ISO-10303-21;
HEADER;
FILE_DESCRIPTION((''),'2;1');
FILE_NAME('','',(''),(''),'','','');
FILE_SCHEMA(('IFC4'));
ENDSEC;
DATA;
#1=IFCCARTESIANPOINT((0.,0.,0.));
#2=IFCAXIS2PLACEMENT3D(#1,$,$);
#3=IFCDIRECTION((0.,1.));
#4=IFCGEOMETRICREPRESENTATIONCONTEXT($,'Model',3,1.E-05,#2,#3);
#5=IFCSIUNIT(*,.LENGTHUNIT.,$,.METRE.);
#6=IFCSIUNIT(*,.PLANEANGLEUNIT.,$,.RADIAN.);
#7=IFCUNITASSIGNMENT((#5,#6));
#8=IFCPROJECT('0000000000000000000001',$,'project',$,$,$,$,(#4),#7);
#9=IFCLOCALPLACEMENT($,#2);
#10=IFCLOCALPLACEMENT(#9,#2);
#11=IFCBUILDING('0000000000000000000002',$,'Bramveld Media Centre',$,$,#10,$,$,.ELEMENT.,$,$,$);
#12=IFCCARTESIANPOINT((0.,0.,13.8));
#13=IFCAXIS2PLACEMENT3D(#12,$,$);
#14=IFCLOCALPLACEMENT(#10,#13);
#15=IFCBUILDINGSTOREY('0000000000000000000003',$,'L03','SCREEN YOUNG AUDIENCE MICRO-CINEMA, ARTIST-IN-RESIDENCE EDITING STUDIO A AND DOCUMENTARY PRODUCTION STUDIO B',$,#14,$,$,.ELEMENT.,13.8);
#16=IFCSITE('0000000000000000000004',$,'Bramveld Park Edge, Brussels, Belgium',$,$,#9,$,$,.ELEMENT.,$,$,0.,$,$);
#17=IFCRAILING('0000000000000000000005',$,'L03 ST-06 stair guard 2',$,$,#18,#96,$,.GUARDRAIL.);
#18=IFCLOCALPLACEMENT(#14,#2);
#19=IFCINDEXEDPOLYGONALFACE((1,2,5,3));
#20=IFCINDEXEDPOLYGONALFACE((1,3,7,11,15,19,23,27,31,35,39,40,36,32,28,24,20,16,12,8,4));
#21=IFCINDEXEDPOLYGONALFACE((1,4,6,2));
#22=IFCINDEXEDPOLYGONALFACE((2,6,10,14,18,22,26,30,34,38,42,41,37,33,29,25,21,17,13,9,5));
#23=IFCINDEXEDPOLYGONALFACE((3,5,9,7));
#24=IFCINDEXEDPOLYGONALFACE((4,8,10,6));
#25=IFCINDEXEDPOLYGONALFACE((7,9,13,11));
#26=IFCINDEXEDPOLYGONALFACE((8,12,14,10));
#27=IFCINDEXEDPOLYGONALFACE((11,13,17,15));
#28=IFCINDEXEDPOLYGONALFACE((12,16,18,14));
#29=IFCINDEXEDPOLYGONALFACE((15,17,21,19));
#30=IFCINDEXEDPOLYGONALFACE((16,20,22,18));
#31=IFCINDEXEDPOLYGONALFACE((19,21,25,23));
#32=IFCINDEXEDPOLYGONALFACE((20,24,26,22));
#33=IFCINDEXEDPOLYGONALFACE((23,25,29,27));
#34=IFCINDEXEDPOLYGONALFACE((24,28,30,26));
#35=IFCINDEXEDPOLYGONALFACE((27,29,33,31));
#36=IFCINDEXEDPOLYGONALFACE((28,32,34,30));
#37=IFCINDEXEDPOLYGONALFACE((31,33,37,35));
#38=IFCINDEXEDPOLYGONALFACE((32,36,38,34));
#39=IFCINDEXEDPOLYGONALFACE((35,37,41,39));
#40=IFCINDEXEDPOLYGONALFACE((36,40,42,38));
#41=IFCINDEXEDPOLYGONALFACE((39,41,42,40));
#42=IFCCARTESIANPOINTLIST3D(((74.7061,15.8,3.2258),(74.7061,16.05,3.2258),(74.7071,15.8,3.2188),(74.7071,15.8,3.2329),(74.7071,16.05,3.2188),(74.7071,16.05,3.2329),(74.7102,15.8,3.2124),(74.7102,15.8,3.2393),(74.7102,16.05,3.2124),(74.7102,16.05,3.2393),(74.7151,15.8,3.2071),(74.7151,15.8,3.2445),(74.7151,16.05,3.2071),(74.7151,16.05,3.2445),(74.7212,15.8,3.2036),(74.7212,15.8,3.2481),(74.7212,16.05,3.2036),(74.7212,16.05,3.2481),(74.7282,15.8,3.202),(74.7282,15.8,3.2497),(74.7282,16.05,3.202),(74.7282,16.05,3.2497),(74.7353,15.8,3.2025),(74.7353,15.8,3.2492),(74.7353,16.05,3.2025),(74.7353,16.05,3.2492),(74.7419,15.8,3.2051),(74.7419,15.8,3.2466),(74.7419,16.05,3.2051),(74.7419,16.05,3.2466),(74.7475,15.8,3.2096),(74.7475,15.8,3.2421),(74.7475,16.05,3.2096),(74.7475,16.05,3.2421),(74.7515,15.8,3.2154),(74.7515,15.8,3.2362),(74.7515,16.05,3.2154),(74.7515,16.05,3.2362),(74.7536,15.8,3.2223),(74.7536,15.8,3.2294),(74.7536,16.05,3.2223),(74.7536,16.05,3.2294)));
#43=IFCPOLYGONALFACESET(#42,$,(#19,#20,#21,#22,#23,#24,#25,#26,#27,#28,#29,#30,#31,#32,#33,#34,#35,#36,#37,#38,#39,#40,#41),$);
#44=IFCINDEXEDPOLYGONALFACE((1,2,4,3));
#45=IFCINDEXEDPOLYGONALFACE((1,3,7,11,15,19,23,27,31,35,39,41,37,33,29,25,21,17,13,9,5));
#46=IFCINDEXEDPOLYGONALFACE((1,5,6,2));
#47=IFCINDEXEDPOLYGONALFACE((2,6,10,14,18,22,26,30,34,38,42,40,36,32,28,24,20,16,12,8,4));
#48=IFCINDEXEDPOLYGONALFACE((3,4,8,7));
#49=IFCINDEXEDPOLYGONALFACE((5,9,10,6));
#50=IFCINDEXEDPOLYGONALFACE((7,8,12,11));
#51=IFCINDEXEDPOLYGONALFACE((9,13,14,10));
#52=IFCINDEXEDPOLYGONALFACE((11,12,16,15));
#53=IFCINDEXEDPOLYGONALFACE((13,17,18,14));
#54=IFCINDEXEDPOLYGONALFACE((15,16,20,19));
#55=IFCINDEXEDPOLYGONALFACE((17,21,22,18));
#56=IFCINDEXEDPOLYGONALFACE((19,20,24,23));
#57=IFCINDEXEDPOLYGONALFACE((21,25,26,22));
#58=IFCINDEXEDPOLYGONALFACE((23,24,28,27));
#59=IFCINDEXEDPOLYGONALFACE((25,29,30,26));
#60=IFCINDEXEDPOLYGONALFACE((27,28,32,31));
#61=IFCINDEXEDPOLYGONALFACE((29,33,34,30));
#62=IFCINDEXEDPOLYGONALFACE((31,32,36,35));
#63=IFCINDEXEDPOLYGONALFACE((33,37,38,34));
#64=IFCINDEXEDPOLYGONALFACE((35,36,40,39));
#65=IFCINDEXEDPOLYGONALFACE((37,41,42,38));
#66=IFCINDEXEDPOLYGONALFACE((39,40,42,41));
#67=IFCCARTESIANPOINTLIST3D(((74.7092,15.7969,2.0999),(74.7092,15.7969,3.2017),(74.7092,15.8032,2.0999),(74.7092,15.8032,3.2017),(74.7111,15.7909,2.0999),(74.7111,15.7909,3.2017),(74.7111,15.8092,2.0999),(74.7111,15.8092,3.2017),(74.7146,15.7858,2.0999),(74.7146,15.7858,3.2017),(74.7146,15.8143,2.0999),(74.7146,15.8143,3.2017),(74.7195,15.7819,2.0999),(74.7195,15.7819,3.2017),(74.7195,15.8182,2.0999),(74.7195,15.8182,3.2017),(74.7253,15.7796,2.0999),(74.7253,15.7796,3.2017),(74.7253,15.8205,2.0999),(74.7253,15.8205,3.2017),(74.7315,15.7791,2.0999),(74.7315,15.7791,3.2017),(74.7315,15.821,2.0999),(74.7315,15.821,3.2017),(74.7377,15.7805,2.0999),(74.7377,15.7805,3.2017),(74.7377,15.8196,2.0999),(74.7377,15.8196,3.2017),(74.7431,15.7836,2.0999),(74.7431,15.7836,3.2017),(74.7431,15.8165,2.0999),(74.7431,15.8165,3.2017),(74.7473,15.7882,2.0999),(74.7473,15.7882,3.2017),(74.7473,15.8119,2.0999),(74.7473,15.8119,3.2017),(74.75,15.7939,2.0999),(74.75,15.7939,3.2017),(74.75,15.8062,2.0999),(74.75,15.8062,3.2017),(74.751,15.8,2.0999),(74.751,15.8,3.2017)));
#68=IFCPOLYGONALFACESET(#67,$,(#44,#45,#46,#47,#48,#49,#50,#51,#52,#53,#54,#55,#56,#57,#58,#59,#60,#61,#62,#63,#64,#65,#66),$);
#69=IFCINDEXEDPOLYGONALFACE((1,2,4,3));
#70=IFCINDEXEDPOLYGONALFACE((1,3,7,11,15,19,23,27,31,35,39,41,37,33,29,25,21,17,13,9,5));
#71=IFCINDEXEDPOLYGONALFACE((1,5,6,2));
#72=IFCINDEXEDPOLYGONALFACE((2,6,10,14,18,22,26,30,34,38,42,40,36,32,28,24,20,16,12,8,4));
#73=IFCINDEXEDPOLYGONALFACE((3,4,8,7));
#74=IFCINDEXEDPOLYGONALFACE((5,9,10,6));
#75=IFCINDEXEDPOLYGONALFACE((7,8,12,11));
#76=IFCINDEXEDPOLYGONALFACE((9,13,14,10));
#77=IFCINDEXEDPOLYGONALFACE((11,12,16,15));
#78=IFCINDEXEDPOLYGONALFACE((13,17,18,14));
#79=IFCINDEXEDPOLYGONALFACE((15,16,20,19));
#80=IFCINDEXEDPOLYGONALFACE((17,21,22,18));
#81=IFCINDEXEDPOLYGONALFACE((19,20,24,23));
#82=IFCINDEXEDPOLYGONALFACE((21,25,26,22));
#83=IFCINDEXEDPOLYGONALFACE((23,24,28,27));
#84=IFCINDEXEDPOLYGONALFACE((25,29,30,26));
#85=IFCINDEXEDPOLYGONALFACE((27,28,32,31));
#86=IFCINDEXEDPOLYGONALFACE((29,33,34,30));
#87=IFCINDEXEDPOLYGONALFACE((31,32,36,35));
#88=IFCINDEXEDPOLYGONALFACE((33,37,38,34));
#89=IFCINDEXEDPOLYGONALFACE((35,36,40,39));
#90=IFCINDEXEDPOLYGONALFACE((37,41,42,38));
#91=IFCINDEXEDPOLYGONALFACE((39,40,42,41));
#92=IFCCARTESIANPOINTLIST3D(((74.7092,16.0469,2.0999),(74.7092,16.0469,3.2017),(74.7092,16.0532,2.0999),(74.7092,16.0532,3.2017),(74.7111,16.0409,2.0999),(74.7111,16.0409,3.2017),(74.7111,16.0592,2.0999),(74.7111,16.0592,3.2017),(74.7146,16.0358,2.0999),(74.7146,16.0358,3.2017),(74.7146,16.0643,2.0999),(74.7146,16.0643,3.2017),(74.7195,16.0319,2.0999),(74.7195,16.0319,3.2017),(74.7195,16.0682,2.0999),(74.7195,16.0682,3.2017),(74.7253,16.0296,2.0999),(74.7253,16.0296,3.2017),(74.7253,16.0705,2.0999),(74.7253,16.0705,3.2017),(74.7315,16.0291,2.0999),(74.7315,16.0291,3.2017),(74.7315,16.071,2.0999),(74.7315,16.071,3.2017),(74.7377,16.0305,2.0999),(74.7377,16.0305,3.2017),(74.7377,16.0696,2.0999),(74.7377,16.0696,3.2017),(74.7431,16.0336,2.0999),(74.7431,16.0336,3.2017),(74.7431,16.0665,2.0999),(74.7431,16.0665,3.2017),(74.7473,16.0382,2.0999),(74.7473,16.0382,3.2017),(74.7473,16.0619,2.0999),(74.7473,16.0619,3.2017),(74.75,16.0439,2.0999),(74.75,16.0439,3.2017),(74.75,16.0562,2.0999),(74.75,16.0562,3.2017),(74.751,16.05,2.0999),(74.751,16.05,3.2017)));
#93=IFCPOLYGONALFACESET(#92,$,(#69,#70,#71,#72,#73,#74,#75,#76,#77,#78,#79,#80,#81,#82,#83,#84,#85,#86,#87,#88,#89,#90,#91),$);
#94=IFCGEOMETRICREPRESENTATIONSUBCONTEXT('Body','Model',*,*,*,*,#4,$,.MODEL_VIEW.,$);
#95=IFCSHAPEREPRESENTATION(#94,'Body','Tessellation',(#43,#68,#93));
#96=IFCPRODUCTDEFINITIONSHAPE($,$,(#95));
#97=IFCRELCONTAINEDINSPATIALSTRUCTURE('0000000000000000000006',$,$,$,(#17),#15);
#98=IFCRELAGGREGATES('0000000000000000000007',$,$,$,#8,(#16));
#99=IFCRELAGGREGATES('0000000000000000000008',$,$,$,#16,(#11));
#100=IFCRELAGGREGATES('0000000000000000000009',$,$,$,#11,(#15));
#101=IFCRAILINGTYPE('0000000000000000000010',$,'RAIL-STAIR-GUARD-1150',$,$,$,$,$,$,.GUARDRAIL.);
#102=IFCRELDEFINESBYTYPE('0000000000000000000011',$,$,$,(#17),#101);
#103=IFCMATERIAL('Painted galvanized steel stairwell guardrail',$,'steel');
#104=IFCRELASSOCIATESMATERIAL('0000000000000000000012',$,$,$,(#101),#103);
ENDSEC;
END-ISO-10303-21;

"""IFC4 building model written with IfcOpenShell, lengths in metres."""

from ifc_helpers import new_model, si_unit, direction, frame, origin, origin_2d, place, context, subcontext, project, spatial, circle, extrude, material, type_object, element, save


model = new_model("IFC4")

# Units and contexts
model_context = context("Model", 3, precision=1e-05, world=origin(), true_north=direction((0.0, 1.0)))
body_context = subcontext(model_context, "Body", "Model", "MODEL_VIEW")
ifc_project = project(units=[si_unit("LENGTHUNIT", "METRE"), si_unit("PLANEANGLEUNIT", "RADIAN")], contexts=[model_context])

# Site, building, storey
site_placement = place(None, origin())
site = spatial("IfcSite", under=ifc_project, at=site_placement, Name="Bramveld Park Edge, Brussels, Belgium", CompositionType="ELEMENT", RefElevation=0.0)
building_placement = place(site_placement, origin())
building = spatial("IfcBuilding", under=site, at=building_placement, Name="Bramveld Media Centre", CompositionType="ELEMENT")
storey_placement = place(building_placement, frame((0.0, 0.0, 13.8)))
storey = spatial("IfcBuildingStorey", under=building, at=storey_placement, Name="L03", Description="SCREEN YOUNG AUDIENCE MICRO-CINEMA, ARTIST-IN-RESIDENCE EDITING STUDIO A AND DOCUMENTARY PRODUCTION STUDIO B", CompositionType="ELEMENT", Elevation=13.8)

# Railing
ifc_material_1 = material(Name="Painted galvanized steel stairwell guardrail", Category="steel")
railing_type_1 = type_object("IfcRailingType", Name="RAIL-STAIR-GUARD-1150", PredefinedType="GUARDRAIL", material=ifc_material_1)
railing_1_placement = place(storey_placement, frame((74.73, 15.8, 2.0999)))
element("IfcRailing", 1, at=railing_1_placement, inside=storey, type_object=railing_type_1, Name="L03 ST-06 stair guard 2", PredefinedType="GUARDRAIL", context=body_context, shape_type="SweptSolid", body=[
    extrude(circle(Radius=0.0239, at=origin_2d()), frame((0.0, 0.0, 1.126), z_axis=(0.0, 1.0, 0.0), x_axis=(-1.0, 0.0, 0.0)), (0.0, 0.0, 1.0), 0.25),
    extrude(circle(Radius=0.021, at=origin_2d()), origin(), (0.0, 0.0, 1.0), 1.1018),
    extrude(circle(Radius=0.021, at=origin_2d()), frame((0.0, 0.25, 0.0)), (0.0, 0.0, 1.0), 1.1018),
])

save(model, "model.ifc")
